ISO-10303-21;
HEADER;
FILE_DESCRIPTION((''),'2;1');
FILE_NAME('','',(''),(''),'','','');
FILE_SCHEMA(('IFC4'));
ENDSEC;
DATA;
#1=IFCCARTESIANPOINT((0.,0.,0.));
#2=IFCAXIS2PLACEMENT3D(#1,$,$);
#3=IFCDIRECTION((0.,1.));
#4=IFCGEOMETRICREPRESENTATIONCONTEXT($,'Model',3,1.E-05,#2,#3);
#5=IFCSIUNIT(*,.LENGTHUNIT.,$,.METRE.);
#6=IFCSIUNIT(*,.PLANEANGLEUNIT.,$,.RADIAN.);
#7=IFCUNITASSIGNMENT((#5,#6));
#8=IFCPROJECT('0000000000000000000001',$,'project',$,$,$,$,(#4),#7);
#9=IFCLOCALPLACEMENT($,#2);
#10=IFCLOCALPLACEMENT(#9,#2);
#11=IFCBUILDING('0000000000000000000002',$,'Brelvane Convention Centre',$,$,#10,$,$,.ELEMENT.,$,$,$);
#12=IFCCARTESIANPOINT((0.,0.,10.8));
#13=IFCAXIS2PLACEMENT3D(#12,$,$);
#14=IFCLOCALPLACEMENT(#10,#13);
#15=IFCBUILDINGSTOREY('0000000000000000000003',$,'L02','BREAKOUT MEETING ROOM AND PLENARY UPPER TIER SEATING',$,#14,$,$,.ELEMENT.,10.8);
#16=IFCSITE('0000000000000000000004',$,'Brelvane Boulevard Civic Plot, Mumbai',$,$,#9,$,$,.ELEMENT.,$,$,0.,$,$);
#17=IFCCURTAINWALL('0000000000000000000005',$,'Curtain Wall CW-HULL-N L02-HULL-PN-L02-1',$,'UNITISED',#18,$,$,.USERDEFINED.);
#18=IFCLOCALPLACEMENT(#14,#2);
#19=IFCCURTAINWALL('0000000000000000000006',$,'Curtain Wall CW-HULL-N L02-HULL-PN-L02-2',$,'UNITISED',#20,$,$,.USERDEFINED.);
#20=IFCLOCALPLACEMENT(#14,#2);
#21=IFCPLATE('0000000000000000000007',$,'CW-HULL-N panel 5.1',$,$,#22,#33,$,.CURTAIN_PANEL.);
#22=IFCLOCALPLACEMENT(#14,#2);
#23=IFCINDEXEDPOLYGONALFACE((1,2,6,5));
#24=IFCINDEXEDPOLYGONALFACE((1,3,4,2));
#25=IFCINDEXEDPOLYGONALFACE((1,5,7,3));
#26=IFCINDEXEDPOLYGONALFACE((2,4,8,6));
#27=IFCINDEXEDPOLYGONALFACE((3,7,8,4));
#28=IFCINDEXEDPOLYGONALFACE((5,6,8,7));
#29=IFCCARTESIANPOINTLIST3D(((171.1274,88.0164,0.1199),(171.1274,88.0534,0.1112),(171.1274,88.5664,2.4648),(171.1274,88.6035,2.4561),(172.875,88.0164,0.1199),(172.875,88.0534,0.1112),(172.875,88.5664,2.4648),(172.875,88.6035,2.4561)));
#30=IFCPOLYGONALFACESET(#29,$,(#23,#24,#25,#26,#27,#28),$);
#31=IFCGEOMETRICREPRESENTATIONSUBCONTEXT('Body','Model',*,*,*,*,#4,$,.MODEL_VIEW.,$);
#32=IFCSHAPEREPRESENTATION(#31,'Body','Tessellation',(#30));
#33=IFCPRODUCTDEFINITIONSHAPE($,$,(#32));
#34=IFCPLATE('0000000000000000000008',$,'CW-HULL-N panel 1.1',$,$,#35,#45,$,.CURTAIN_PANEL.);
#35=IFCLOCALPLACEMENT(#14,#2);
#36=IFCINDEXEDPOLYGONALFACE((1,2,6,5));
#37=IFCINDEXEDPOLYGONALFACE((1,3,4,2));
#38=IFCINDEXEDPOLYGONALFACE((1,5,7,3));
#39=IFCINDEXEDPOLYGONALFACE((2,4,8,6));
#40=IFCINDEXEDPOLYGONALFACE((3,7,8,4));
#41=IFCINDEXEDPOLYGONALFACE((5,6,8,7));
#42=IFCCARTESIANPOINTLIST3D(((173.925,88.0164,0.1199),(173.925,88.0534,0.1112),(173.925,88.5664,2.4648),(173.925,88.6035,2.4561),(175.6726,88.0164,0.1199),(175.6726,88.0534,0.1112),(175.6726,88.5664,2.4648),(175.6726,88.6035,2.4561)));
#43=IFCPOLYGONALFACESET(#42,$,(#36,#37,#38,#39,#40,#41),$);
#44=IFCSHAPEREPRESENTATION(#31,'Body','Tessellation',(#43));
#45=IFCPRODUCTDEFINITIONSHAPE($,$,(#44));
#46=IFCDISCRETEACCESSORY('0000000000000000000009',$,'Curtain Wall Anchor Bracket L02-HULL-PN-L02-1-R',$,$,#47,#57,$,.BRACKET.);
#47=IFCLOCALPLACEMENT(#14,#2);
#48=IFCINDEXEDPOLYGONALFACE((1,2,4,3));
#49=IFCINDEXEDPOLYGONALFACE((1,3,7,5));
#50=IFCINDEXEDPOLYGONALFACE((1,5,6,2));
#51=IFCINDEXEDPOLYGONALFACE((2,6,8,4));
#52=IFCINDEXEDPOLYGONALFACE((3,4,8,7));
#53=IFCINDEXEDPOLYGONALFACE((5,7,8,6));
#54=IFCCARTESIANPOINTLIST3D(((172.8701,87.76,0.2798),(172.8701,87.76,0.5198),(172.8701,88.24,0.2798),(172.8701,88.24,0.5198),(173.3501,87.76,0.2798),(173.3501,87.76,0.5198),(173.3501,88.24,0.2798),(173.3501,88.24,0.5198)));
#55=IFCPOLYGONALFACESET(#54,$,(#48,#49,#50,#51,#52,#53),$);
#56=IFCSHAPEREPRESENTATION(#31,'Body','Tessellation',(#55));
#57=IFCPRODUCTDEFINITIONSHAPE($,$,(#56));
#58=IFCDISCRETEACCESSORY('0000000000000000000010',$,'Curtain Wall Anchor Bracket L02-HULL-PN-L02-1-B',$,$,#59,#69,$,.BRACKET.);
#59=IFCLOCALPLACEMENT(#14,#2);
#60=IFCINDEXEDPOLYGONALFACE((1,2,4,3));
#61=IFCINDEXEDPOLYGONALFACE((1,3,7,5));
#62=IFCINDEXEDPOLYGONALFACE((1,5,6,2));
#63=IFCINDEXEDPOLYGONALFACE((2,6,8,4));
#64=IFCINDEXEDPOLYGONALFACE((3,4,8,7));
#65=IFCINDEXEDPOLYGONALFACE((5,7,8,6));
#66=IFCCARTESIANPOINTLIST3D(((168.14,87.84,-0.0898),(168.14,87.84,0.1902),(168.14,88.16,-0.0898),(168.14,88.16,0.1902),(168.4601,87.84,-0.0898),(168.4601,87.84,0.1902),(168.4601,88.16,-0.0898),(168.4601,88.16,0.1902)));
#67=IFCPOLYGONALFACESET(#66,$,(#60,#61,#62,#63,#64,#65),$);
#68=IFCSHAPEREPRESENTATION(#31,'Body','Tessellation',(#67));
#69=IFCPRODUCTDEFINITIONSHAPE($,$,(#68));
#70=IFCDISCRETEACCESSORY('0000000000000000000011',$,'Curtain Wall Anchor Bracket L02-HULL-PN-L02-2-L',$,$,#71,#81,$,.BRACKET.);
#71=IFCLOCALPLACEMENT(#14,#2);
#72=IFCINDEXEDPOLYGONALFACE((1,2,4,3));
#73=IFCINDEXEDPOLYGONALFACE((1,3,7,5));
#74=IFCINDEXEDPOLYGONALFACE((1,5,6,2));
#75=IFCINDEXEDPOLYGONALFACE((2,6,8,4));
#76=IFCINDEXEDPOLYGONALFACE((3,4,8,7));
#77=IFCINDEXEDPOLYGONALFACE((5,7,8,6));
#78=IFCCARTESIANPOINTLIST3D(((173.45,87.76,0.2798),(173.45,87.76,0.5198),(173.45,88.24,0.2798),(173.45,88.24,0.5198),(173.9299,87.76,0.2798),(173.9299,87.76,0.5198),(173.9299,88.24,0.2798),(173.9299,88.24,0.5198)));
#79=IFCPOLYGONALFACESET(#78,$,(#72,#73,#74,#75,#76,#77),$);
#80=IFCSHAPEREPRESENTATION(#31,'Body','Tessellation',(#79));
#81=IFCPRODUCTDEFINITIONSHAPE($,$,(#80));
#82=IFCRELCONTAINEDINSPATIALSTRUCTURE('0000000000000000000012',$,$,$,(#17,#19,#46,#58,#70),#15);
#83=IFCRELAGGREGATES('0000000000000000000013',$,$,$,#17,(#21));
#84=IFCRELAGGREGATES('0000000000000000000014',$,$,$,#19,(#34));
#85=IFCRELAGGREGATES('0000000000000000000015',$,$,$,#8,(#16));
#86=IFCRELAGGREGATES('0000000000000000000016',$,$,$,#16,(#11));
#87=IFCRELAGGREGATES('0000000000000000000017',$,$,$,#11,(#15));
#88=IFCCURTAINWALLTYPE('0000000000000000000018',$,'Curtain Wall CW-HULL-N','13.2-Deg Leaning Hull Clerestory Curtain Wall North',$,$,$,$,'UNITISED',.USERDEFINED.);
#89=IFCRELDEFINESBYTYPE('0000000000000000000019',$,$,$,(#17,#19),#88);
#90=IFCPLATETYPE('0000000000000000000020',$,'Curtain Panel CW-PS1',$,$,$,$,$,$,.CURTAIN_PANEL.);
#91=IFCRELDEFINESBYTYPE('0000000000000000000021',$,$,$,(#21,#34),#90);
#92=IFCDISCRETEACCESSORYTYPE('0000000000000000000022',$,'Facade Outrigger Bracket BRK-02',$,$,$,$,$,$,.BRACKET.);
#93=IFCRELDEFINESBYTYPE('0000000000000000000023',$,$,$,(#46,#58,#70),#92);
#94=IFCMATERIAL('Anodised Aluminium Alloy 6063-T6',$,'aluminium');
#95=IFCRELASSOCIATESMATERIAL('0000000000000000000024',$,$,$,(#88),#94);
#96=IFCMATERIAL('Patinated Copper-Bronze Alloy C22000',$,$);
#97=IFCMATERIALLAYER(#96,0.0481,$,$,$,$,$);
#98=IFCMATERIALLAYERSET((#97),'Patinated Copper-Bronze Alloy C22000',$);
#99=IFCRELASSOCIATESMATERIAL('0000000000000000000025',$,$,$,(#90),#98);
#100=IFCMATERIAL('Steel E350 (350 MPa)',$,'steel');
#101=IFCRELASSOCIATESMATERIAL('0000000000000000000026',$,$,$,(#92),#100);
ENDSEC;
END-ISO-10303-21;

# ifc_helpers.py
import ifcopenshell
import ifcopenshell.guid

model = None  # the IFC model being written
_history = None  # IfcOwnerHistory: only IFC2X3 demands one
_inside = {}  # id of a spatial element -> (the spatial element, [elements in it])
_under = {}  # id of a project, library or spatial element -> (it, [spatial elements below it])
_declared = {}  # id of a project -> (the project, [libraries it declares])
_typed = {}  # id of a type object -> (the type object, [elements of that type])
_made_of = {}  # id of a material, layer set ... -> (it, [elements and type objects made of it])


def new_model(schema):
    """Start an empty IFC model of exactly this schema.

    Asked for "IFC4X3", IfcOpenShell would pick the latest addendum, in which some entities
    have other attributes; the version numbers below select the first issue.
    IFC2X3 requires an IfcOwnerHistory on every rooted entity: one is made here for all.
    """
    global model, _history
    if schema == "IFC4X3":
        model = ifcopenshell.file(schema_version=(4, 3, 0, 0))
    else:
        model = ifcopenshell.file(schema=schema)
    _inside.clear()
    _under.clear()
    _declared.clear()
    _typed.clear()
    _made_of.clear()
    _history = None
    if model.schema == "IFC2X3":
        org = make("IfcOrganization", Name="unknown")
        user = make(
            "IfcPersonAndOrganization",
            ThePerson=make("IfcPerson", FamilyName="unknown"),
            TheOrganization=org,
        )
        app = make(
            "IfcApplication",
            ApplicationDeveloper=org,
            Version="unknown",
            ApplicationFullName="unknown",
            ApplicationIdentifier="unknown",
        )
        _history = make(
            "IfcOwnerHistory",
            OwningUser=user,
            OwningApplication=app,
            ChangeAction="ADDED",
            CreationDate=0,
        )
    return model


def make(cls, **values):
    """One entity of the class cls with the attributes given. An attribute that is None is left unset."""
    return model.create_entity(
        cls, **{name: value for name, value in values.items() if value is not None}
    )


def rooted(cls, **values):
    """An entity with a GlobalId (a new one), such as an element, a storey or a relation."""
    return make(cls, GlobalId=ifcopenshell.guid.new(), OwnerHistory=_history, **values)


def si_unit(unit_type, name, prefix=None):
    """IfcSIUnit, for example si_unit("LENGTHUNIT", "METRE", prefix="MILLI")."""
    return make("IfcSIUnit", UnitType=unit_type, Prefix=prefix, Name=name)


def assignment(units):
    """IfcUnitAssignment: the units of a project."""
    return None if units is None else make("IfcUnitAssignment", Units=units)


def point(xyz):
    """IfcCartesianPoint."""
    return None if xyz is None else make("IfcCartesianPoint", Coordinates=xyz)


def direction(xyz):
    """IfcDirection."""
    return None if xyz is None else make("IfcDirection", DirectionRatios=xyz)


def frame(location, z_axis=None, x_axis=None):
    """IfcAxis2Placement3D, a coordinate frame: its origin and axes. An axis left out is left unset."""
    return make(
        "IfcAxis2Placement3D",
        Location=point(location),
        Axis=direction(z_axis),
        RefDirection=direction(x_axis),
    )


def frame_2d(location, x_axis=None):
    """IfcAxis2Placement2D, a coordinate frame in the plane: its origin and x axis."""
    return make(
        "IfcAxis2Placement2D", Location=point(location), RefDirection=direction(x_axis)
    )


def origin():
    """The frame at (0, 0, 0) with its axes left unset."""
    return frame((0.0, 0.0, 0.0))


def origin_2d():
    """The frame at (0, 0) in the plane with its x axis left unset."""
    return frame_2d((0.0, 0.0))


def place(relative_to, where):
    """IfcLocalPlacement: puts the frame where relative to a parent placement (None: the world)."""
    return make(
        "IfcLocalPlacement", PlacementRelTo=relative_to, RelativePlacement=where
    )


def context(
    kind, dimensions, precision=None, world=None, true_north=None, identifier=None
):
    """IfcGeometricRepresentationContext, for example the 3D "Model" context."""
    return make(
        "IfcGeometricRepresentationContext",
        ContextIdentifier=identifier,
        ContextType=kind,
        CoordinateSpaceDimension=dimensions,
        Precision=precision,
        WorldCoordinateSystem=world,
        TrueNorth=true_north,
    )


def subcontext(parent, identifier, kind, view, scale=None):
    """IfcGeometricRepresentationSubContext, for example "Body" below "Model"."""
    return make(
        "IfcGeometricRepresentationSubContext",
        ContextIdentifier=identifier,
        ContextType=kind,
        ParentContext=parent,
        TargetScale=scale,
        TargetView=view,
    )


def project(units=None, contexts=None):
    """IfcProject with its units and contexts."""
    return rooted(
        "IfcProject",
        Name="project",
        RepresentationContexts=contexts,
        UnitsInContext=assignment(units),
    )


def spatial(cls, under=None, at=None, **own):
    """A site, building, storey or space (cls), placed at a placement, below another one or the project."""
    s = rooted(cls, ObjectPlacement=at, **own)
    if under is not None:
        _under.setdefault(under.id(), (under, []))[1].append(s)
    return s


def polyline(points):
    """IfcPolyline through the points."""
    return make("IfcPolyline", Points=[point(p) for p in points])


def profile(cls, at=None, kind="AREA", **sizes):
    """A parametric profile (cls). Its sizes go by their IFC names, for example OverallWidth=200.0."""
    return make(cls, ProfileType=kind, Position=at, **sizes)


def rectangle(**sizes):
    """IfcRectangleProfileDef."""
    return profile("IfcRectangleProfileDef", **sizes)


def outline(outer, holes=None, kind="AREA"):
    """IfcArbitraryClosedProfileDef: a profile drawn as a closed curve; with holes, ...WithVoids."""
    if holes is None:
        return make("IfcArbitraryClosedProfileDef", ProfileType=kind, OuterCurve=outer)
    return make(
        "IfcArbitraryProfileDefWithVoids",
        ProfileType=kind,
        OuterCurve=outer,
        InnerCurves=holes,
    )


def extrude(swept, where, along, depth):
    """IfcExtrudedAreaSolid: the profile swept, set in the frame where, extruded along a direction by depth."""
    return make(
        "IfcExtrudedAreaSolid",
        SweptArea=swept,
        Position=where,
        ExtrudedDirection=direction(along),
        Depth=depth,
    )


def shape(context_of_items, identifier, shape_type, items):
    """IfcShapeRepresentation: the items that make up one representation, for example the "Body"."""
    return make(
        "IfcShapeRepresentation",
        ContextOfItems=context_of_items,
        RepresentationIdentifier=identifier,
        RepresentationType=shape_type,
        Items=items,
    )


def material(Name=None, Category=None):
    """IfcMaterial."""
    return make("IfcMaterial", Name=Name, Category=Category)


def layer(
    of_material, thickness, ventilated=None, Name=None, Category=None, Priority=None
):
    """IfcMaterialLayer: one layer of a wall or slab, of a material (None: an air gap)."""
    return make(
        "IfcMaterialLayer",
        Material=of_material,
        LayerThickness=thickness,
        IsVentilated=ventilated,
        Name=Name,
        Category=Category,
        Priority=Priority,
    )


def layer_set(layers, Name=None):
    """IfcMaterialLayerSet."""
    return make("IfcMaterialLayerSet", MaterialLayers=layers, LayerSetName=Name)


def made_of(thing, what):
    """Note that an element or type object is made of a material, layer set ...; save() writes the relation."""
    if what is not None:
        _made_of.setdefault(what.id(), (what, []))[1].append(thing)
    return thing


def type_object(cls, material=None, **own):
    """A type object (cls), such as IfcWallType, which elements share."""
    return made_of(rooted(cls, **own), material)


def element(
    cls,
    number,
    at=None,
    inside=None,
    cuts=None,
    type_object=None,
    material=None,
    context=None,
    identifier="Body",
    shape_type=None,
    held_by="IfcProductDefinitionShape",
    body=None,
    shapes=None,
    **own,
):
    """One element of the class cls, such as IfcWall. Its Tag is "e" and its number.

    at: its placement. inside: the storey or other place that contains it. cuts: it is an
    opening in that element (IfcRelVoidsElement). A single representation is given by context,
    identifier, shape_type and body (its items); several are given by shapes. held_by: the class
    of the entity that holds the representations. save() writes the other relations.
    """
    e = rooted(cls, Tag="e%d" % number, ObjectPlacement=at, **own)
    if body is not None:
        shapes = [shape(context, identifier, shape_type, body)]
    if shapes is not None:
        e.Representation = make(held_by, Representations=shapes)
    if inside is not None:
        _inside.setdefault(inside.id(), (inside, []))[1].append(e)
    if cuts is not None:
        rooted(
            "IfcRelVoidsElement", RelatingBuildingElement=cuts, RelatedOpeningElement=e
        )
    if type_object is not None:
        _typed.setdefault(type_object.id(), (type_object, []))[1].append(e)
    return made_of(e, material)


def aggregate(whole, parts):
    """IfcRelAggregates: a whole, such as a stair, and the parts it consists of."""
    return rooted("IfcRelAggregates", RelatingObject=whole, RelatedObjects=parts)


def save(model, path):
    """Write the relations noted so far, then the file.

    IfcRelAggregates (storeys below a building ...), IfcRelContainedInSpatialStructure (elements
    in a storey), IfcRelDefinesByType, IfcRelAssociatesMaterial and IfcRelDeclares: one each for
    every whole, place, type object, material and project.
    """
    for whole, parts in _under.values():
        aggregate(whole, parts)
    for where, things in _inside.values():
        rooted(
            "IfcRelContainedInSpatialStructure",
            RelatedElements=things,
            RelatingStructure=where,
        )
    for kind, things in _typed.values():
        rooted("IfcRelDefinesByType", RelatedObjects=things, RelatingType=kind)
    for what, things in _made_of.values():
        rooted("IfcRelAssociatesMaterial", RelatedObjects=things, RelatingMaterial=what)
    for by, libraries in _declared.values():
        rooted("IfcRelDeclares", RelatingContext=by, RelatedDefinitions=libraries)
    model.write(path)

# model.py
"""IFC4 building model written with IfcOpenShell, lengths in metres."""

from ifc_helpers import new_model, si_unit, direction, frame, origin, origin_2d, place, context, subcontext, project, spatial, polyline, rectangle, outline, extrude, material, layer, layer_set, type_object, element, aggregate, save


model = new_model("IFC4")

# Units and contexts
model_context = context("Model", 3, precision=1e-05, world=origin(), true_north=direction((0.0, 1.0)))
body_context = subcontext(model_context, "Body", "Model", "MODEL_VIEW")
ifc_project = project(units=[si_unit("LENGTHUNIT", "METRE"), si_unit("PLANEANGLEUNIT", "RADIAN")], contexts=[model_context])

# Site, building, storey
site_placement = place(None, origin())
site = spatial("IfcSite", under=ifc_project, at=site_placement, Name="Brelvane Boulevard Civic Plot, Mumbai", CompositionType="ELEMENT", RefElevation=0.0)
building_placement = place(site_placement, origin())
building = spatial("IfcBuilding", under=site, at=building_placement, Name="Brelvane Convention Centre", CompositionType="ELEMENT")
storey_placement = place(building_placement, frame((0.0, 0.0, 10.8)))
storey = spatial("IfcBuildingStorey", under=building, at=storey_placement, Name="L02", Description="BREAKOUT MEETING ROOM AND PLENARY UPPER TIER SEATING", CompositionType="ELEMENT", Elevation=10.8)

# Curtain wall
ifc_material_1 = material(Name="Anodised Aluminium Alloy 6063-T6", Category="aluminium")
curtain_wall_type = type_object("IfcCurtainWallType", Name="Curtain Wall CW-HULL-N", Description="13.2-Deg Leaning Hull Clerestory Curtain Wall North", ElementType="UNITISED", PredefinedType="USERDEFINED", material=ifc_material_1)
curtain_wall_1_placement = place(storey_placement, origin())
curtain_wall_1 = element("IfcCurtainWall", 1, at=curtain_wall_1_placement, inside=storey, type_object=curtain_wall_type, Name="Curtain Wall CW-HULL-N L02-HULL-PN-L02-1", ObjectType="UNITISED", PredefinedType="USERDEFINED")

# Curtain wall
curtain_wall_2_placement = place(storey_placement, origin())
curtain_wall_2 = element("IfcCurtainWall", 2, at=curtain_wall_2_placement, inside=storey, type_object=curtain_wall_type, Name="Curtain Wall CW-HULL-N L02-HULL-PN-L02-2", ObjectType="UNITISED", PredefinedType="USERDEFINED")

# Plates
ifc_material_2 = material(Name="Patinated Copper-Bronze Alloy C22000")
ifc_layer_1 = layer(ifc_material_2, 0.0481)
ifc_layer_set_1 = layer_set([ifc_layer_1], Name="Patinated Copper-Bronze Alloy C22000")
plate_type_1 = type_object("IfcPlateType", Name="Curtain Panel CW-PS1", PredefinedType="CURTAIN_PANEL", material=ifc_layer_set_1)
plate_1_placement = place(storey_placement, frame((171.1274, 88.0164, 0.1199), z_axis=(0.0, -0.973575, 0.228367), x_axis=(1.0, 0.0, 0.0)))
plate_1 = element("IfcPlate", 3, at=plate_1_placement, type_object=plate_type_1, Name="CW-HULL-N panel 5.1", PredefinedType="CURTAIN_PANEL", context=body_context, shape_type="SweptSolid", body=[
    extrude(outline(polyline([(0.0, 0.0), (1.7476, 0.0), (1.7476, 2.4086), (0.0, 2.4086), (0.0, 0.0)])), origin(), (0.0, 0.0, -1.0), 0.0381),
])
aggregate(curtain_wall_1, [plate_1])
plate_2_placement = place(storey_placement, frame((173.925, 88.0164, 0.1199), z_axis=(0.0, -0.973575, 0.228367), x_axis=(1.0, 0.0, 0.0)))
plate_2 = element("IfcPlate", 4, at=plate_2_placement, type_object=plate_type_1, Name="CW-HULL-N panel 1.1", PredefinedType="CURTAIN_PANEL", context=body_context, shape_type="SweptSolid", body=[
    extrude(outline(polyline([(0.0, 0.0), (1.7476, 0.0), (1.7476, 2.4086), (0.0, 2.4086), (0.0, 0.0)])), origin(), (0.0, 0.0, -1.0), 0.0381),
])
aggregate(curtain_wall_2, [plate_2])

# Discrete accessories
ifc_material_3 = material(Name="Steel E350 (350 MPa)", Category="steel")
discrete_accessory_type = type_object("IfcDiscreteAccessoryType", Name="Facade Outrigger Bracket BRK-02", PredefinedType="BRACKET", material=ifc_material_3)
discrete_accessory_1_placement = place(storey_placement, frame((173.1101, 88.0, 0.2798), z_axis=(0.0, 0.0, 1.0), x_axis=(1.0, 0.0, 0.0)))
element("IfcDiscreteAccessory", 5, at=discrete_accessory_1_placement, inside=storey, type_object=discrete_accessory_type, Name="Curtain Wall Anchor Bracket L02-HULL-PN-L02-1-R", PredefinedType="BRACKET", context=body_context, shape_type="SweptSolid", body=[
    extrude(rectangle(XDim=0.48, YDim=0.48, at=origin_2d()), origin(), (0.0, 0.0, 1.0), 0.24),
])
discrete_accessory_2_placement = place(storey_placement, frame((168.3, 88.0, -0.0898), z_axis=(0.0, 0.0, 1.0), x_axis=(1.0, 0.0, 0.0)))
element("IfcDiscreteAccessory", 6, at=discrete_accessory_2_placement, inside=storey, type_object=discrete_accessory_type, Name="Curtain Wall Anchor Bracket L02-HULL-PN-L02-1-B", PredefinedType="BRACKET", context=body_context, shape_type="SweptSolid", body=[
    extrude(rectangle(XDim=0.3201, YDim=0.3201, at=origin_2d()), origin(), (0.0, 0.0, 1.0), 0.28),
])
discrete_accessory_3_placement = place(storey_placement, frame((173.6899, 88.0, 0.2798), z_axis=(0.0, 0.0, 1.0), x_axis=(1.0, 0.0, 0.0)))
element("IfcDiscreteAccessory", 7, at=discrete_accessory_3_placement, inside=storey, type_object=discrete_accessory_type, Name="Curtain Wall Anchor Bracket L02-HULL-PN-L02-2-L", PredefinedType="BRACKET", context=body_context, shape_type="SweptSolid", body=[
    extrude(rectangle(XDim=0.48, YDim=0.48, at=origin_2d()), origin(), (0.0, 0.0, 1.0), 0.24),
])

save(model, "model.ifc")
